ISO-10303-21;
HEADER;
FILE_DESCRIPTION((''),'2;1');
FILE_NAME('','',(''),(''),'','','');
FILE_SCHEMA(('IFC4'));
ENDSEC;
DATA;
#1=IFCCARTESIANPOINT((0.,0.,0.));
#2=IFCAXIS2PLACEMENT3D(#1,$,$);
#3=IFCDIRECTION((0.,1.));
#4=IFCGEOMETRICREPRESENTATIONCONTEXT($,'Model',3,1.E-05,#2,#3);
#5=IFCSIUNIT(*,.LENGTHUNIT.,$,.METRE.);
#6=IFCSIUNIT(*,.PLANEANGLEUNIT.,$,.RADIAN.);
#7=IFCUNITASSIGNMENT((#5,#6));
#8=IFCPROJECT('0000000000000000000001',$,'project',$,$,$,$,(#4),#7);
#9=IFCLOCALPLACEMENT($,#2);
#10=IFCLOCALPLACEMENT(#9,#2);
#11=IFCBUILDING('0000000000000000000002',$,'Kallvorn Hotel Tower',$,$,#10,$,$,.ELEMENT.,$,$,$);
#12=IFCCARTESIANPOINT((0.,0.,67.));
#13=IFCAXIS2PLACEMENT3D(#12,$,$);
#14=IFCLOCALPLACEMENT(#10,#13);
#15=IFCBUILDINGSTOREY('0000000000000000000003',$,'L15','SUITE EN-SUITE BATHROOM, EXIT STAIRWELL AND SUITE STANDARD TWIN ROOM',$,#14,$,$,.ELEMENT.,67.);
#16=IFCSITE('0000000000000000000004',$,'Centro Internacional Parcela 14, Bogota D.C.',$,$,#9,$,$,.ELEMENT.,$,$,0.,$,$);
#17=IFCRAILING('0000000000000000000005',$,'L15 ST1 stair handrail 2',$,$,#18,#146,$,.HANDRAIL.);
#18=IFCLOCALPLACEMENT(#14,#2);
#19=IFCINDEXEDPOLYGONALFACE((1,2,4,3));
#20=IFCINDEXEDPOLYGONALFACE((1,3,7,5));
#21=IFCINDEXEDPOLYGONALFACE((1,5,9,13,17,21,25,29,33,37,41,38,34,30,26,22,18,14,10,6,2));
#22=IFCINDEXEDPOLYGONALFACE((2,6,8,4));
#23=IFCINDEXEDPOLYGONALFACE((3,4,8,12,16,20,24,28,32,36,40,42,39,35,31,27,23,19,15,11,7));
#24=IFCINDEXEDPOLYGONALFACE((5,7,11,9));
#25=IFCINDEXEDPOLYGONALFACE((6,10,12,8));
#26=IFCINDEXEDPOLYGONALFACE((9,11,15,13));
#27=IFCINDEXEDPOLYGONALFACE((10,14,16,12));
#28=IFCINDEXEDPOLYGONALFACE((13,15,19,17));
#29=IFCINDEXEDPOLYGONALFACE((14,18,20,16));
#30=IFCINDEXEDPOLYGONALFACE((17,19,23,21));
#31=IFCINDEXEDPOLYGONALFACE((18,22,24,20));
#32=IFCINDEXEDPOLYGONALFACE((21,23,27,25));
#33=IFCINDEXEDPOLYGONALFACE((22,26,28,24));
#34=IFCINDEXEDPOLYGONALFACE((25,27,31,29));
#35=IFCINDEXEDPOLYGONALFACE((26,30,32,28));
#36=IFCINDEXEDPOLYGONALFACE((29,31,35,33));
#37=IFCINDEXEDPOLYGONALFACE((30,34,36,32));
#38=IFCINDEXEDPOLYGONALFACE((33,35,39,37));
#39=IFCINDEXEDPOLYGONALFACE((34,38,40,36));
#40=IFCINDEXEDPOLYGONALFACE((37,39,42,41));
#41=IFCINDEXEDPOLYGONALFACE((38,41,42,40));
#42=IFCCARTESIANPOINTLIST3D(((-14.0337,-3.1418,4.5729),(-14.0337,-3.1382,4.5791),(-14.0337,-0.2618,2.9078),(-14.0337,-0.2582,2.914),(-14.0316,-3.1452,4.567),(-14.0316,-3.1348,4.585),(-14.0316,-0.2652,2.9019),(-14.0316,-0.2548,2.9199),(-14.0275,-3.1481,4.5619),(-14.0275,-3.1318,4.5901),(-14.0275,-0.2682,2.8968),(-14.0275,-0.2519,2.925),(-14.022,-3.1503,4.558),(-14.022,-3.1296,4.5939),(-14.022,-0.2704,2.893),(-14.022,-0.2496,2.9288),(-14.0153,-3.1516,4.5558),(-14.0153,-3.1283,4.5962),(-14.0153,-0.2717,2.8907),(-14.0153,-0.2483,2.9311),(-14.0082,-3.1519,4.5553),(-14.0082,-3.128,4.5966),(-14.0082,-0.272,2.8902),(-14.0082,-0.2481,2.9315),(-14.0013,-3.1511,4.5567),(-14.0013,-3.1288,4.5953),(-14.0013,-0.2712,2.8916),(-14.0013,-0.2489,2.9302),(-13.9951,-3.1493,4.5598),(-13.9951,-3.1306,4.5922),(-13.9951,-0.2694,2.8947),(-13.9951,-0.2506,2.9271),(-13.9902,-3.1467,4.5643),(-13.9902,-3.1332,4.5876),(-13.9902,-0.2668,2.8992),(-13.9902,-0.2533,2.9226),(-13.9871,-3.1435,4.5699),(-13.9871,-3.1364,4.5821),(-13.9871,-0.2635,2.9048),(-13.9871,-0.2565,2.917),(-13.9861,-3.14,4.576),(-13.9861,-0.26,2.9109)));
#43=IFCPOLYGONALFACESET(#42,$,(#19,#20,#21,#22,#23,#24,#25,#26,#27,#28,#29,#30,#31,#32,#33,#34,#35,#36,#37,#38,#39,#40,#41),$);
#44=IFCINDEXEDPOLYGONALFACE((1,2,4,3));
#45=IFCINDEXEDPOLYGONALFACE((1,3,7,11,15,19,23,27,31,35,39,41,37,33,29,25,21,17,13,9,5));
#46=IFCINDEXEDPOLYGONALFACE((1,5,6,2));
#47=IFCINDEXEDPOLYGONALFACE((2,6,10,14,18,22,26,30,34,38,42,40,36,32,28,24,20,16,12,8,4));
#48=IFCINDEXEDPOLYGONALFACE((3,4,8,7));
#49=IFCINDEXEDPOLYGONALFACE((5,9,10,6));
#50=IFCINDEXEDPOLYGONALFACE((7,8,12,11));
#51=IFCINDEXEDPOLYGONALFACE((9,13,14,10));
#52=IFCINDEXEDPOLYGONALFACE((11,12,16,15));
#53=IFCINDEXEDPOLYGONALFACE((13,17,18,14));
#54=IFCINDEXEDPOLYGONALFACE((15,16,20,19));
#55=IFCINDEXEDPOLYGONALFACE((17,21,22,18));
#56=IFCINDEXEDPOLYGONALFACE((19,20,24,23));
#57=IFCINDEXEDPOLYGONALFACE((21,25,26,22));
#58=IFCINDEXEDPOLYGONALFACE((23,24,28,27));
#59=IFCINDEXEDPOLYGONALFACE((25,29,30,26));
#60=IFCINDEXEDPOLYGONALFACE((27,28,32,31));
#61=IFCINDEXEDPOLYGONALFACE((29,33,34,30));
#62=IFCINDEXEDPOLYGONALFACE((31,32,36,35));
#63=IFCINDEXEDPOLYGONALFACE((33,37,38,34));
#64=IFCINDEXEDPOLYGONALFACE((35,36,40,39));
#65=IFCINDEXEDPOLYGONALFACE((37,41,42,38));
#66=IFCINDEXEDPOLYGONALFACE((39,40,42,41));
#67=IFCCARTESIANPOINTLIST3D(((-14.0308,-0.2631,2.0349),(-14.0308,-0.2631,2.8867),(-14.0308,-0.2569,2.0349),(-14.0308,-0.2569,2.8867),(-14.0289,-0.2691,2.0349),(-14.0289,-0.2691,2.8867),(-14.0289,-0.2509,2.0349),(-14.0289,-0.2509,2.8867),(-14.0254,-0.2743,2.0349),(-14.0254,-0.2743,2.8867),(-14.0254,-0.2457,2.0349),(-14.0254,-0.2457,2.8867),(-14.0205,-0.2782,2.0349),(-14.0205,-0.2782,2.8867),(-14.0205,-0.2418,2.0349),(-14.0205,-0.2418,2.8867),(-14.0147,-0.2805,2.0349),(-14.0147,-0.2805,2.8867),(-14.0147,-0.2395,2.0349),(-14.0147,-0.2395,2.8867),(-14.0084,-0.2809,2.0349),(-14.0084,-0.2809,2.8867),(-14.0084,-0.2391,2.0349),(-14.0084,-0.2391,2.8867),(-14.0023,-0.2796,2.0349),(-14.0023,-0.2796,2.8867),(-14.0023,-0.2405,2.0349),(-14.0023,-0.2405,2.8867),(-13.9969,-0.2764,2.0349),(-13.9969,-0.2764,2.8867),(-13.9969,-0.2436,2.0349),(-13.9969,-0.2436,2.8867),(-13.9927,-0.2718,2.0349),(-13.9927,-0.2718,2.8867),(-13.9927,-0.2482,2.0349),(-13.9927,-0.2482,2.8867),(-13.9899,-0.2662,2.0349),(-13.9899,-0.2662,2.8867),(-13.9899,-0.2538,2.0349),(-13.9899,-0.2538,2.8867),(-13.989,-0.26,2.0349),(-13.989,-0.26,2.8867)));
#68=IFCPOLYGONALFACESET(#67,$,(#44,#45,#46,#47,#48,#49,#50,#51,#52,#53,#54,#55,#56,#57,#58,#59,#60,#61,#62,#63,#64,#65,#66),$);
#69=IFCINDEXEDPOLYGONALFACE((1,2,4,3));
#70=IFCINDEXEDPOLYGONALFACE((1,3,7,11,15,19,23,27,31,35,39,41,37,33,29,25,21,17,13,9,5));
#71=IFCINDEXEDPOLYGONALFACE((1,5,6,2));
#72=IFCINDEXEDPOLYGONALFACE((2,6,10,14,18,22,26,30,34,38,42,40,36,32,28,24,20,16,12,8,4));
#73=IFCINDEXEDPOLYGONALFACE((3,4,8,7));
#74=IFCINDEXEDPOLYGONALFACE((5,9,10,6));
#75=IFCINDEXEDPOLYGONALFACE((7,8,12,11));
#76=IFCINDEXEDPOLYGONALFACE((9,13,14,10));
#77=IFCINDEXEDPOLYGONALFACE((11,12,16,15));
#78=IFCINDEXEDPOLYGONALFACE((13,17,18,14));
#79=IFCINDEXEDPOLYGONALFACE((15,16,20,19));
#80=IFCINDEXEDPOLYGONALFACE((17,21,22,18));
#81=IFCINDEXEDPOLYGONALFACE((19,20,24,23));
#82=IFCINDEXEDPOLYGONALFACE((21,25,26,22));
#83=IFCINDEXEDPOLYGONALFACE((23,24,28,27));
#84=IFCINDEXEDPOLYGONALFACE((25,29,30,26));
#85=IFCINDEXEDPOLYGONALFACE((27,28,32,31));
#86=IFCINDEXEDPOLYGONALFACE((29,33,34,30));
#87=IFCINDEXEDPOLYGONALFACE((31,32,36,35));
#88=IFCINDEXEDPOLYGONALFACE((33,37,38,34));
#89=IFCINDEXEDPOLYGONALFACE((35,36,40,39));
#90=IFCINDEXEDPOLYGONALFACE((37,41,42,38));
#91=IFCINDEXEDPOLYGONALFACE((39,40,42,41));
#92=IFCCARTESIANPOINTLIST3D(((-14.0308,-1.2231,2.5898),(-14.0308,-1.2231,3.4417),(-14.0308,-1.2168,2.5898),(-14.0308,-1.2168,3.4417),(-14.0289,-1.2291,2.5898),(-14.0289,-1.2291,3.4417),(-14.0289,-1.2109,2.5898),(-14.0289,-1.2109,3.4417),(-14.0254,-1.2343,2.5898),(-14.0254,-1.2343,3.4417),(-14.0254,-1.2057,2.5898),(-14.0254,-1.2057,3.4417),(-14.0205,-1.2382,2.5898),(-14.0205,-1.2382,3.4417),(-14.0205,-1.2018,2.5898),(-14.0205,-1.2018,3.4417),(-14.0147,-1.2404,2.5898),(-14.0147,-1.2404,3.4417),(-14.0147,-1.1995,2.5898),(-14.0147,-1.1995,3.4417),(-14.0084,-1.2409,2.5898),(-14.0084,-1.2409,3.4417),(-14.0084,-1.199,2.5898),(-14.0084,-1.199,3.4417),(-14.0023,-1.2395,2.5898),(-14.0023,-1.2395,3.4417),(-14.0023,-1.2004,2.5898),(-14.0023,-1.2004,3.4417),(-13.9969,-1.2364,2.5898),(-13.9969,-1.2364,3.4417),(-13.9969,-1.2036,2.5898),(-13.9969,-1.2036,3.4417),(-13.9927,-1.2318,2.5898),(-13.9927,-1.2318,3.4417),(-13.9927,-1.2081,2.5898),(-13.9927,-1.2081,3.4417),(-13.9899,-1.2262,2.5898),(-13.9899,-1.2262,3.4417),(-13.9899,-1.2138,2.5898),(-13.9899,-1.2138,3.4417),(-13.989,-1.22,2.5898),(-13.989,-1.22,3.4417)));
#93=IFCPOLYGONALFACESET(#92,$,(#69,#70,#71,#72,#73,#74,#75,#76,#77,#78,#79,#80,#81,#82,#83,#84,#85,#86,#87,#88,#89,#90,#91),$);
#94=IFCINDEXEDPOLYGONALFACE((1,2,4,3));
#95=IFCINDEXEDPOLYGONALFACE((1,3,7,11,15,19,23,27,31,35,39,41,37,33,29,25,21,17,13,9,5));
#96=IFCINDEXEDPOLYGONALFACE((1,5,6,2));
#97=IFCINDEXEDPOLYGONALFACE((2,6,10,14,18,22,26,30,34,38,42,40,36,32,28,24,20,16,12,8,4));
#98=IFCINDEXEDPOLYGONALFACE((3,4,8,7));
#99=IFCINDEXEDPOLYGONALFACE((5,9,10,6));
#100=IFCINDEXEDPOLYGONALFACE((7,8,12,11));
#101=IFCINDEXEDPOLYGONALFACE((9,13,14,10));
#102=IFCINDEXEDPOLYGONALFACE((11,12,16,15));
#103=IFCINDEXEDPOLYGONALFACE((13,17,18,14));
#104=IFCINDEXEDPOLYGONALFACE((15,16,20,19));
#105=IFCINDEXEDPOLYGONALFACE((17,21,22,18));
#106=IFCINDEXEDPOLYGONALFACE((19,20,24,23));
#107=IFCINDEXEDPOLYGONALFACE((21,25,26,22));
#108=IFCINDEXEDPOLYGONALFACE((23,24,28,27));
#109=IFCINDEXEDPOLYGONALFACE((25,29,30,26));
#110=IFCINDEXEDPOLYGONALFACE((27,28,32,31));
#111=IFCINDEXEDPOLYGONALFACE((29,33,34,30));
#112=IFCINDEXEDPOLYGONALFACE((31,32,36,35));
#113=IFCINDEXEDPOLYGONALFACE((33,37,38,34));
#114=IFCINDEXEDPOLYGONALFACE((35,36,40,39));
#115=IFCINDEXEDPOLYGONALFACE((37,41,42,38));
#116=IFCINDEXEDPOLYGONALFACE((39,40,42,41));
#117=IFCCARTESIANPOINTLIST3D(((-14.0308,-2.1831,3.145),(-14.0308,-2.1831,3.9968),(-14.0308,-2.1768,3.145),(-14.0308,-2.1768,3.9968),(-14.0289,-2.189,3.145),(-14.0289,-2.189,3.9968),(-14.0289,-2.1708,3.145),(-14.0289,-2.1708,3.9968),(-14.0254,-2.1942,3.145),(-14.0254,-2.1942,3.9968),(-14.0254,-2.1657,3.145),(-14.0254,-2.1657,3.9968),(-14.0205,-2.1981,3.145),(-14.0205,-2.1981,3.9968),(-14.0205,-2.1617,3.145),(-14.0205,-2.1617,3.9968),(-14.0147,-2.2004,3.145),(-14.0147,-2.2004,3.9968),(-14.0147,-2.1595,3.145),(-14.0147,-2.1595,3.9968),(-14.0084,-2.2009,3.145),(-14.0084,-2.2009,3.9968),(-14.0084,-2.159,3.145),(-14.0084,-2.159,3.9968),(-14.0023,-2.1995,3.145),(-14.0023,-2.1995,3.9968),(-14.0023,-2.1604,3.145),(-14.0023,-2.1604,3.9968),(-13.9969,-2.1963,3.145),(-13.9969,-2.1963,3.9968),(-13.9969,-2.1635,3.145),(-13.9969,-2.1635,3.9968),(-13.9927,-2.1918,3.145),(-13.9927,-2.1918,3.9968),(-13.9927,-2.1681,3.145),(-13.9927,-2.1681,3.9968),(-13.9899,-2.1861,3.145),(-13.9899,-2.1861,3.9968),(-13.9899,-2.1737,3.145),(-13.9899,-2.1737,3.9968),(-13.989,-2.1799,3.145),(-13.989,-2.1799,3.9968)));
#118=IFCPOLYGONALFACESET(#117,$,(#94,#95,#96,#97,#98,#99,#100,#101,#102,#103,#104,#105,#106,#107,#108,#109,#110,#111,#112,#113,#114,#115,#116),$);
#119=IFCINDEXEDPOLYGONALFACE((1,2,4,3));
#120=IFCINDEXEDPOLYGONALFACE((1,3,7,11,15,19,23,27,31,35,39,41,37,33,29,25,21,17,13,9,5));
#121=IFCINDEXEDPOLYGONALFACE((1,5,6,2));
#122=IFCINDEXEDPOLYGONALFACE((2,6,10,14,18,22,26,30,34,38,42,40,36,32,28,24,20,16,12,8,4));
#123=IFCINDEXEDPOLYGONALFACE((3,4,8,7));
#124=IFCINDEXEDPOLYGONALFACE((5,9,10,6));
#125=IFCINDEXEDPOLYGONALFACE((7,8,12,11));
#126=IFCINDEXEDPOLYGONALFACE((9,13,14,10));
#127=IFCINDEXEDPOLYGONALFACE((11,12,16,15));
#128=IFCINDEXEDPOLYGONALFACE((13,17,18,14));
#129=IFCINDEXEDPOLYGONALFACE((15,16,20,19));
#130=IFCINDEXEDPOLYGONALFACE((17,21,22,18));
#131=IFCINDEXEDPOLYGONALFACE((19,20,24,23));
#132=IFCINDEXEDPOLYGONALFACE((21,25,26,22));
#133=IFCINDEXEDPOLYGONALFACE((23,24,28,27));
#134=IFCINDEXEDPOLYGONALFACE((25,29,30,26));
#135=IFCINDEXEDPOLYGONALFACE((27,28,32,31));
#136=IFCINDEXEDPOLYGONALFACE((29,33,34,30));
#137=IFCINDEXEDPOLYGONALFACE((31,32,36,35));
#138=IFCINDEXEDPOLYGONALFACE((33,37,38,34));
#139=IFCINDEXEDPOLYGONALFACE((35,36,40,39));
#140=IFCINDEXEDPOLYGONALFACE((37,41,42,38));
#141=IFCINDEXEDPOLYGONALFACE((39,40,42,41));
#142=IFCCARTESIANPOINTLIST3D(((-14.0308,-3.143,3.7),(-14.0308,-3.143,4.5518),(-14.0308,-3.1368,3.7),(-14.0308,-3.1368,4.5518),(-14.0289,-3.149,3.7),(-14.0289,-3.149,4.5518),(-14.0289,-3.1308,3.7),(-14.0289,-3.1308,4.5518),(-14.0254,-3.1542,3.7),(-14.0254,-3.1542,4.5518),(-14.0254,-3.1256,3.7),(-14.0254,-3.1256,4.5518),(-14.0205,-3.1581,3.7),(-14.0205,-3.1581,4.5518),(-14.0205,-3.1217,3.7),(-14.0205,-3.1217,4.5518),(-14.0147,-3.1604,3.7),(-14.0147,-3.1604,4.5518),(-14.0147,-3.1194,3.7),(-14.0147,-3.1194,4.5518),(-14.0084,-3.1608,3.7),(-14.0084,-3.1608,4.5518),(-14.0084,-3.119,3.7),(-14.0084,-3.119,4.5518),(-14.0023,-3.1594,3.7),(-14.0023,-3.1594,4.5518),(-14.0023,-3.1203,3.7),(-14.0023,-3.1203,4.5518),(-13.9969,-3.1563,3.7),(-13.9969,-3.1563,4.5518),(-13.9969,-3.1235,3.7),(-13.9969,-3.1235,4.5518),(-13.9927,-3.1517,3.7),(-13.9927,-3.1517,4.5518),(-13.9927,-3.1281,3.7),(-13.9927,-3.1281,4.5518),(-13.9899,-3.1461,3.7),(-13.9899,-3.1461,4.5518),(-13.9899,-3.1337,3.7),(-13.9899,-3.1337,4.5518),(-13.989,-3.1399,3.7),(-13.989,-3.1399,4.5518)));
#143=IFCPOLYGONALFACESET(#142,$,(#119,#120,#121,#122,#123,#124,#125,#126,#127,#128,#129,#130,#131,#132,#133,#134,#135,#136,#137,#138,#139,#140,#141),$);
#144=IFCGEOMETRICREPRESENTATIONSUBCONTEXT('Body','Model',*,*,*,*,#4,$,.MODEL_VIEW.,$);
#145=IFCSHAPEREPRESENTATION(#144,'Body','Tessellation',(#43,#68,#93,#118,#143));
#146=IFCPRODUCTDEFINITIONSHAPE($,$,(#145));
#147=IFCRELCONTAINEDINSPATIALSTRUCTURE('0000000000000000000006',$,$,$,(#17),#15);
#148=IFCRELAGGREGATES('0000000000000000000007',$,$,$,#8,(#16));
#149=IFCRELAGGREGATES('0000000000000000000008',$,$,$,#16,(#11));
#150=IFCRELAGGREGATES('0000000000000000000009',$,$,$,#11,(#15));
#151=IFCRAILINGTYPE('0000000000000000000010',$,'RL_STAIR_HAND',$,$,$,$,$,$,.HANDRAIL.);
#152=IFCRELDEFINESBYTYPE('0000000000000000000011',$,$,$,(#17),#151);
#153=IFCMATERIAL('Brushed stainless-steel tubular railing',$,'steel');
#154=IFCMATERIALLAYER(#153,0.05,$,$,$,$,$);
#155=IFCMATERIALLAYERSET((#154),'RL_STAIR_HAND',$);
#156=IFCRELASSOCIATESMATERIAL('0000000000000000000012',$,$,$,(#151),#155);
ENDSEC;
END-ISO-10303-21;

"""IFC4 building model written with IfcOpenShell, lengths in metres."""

from ifc_helpers import new_model, si_unit, direction, frame, origin, origin_2d, place, context, subcontext, project, spatial, circle, extrude, material, layer, layer_set, type_object, element, save


model = new_model("IFC4")

# Units and contexts
model_context = context("Model", 3, precision=1e-05, world=origin(), true_north=direction((0.0, 1.0)))
body_context = subcontext(model_context, "Body", "Model", "MODEL_VIEW")
ifc_project = project(units=[si_unit("LENGTHUNIT", "METRE"), si_unit("PLANEANGLEUNIT", "RADIAN")], contexts=[model_context])

# Site, building, storey
site_placement = place(None, origin())
site = spatial("IfcSite", under=ifc_project, at=site_placement, Name="Centro Internacional Parcela 14, Bogota D.C.", CompositionType="ELEMENT", RefElevation=0.0)
building_placement = place(site_placement, origin())
building = spatial("IfcBuilding", under=site, at=building_placement, Name="Kallvorn Hotel Tower", CompositionType="ELEMENT")
storey_placement = place(building_placement, frame((0.0, 0.0, 67.0)))
storey = spatial("IfcBuildingStorey", under=building, at=storey_placement, Name="L15", Description="SUITE EN-SUITE BATHROOM, EXIT STAIRWELL AND SUITE STANDARD TWIN ROOM", CompositionType="ELEMENT", Elevation=67.0)

# Railing
ifc_material_1 = material(Name="Brushed stainless-steel tubular railing", Category="steel")
ifc_layer_1 = layer(ifc_material_1, 0.05)
ifc_layer_set_1 = layer_set([ifc_layer_1], Name="RL_STAIR_HAND")
railing_type_1 = type_object("IfcRailingType", Name="RL_STAIR_HAND", PredefinedType="HANDRAIL", material=ifc_layer_set_1)
railing_1_placement = place(storey_placement, frame((-14.01, -0.26, 2.0349)))
element("IfcRailing", 1, at=railing_1_placement, inside=storey, type_object=railing_type_1, Name="L15 ST1 stair handrail 2", PredefinedType="HANDRAIL", context=body_context, shape_type="SweptSolid", body=[
    extrude(circle(Radius=0.0239, at=origin_2d()), frame((0.0, 0.0, 0.876), z_axis=(0.0, -0.865721, 0.500527), x_axis=(1.0, 0.0, 0.0)), (0.0, 0.0, 1.0), 3.3267),
    extrude(circle(Radius=0.021, at=origin_2d()), origin(), (0.0, 0.0, 1.0), 0.8518),
    extrude(circle(Radius=0.021, at=origin_2d()), frame((0.0, -0.96, 0.5549)), (0.0, 0.0, 1.0), 0.8518),
    extrude(circle(Radius=0.021, at=origin_2d()), frame((0.0, -1.9199, 1.1101)), (0.0, 0.0, 1.0), 0.8518),
    extrude(circle(Radius=0.021, at=origin_2d()), frame((0.0, -2.8799, 1.665)), (0.0, 0.0, 1.0), 0.8518),
])

save(model, "model.ifc")
